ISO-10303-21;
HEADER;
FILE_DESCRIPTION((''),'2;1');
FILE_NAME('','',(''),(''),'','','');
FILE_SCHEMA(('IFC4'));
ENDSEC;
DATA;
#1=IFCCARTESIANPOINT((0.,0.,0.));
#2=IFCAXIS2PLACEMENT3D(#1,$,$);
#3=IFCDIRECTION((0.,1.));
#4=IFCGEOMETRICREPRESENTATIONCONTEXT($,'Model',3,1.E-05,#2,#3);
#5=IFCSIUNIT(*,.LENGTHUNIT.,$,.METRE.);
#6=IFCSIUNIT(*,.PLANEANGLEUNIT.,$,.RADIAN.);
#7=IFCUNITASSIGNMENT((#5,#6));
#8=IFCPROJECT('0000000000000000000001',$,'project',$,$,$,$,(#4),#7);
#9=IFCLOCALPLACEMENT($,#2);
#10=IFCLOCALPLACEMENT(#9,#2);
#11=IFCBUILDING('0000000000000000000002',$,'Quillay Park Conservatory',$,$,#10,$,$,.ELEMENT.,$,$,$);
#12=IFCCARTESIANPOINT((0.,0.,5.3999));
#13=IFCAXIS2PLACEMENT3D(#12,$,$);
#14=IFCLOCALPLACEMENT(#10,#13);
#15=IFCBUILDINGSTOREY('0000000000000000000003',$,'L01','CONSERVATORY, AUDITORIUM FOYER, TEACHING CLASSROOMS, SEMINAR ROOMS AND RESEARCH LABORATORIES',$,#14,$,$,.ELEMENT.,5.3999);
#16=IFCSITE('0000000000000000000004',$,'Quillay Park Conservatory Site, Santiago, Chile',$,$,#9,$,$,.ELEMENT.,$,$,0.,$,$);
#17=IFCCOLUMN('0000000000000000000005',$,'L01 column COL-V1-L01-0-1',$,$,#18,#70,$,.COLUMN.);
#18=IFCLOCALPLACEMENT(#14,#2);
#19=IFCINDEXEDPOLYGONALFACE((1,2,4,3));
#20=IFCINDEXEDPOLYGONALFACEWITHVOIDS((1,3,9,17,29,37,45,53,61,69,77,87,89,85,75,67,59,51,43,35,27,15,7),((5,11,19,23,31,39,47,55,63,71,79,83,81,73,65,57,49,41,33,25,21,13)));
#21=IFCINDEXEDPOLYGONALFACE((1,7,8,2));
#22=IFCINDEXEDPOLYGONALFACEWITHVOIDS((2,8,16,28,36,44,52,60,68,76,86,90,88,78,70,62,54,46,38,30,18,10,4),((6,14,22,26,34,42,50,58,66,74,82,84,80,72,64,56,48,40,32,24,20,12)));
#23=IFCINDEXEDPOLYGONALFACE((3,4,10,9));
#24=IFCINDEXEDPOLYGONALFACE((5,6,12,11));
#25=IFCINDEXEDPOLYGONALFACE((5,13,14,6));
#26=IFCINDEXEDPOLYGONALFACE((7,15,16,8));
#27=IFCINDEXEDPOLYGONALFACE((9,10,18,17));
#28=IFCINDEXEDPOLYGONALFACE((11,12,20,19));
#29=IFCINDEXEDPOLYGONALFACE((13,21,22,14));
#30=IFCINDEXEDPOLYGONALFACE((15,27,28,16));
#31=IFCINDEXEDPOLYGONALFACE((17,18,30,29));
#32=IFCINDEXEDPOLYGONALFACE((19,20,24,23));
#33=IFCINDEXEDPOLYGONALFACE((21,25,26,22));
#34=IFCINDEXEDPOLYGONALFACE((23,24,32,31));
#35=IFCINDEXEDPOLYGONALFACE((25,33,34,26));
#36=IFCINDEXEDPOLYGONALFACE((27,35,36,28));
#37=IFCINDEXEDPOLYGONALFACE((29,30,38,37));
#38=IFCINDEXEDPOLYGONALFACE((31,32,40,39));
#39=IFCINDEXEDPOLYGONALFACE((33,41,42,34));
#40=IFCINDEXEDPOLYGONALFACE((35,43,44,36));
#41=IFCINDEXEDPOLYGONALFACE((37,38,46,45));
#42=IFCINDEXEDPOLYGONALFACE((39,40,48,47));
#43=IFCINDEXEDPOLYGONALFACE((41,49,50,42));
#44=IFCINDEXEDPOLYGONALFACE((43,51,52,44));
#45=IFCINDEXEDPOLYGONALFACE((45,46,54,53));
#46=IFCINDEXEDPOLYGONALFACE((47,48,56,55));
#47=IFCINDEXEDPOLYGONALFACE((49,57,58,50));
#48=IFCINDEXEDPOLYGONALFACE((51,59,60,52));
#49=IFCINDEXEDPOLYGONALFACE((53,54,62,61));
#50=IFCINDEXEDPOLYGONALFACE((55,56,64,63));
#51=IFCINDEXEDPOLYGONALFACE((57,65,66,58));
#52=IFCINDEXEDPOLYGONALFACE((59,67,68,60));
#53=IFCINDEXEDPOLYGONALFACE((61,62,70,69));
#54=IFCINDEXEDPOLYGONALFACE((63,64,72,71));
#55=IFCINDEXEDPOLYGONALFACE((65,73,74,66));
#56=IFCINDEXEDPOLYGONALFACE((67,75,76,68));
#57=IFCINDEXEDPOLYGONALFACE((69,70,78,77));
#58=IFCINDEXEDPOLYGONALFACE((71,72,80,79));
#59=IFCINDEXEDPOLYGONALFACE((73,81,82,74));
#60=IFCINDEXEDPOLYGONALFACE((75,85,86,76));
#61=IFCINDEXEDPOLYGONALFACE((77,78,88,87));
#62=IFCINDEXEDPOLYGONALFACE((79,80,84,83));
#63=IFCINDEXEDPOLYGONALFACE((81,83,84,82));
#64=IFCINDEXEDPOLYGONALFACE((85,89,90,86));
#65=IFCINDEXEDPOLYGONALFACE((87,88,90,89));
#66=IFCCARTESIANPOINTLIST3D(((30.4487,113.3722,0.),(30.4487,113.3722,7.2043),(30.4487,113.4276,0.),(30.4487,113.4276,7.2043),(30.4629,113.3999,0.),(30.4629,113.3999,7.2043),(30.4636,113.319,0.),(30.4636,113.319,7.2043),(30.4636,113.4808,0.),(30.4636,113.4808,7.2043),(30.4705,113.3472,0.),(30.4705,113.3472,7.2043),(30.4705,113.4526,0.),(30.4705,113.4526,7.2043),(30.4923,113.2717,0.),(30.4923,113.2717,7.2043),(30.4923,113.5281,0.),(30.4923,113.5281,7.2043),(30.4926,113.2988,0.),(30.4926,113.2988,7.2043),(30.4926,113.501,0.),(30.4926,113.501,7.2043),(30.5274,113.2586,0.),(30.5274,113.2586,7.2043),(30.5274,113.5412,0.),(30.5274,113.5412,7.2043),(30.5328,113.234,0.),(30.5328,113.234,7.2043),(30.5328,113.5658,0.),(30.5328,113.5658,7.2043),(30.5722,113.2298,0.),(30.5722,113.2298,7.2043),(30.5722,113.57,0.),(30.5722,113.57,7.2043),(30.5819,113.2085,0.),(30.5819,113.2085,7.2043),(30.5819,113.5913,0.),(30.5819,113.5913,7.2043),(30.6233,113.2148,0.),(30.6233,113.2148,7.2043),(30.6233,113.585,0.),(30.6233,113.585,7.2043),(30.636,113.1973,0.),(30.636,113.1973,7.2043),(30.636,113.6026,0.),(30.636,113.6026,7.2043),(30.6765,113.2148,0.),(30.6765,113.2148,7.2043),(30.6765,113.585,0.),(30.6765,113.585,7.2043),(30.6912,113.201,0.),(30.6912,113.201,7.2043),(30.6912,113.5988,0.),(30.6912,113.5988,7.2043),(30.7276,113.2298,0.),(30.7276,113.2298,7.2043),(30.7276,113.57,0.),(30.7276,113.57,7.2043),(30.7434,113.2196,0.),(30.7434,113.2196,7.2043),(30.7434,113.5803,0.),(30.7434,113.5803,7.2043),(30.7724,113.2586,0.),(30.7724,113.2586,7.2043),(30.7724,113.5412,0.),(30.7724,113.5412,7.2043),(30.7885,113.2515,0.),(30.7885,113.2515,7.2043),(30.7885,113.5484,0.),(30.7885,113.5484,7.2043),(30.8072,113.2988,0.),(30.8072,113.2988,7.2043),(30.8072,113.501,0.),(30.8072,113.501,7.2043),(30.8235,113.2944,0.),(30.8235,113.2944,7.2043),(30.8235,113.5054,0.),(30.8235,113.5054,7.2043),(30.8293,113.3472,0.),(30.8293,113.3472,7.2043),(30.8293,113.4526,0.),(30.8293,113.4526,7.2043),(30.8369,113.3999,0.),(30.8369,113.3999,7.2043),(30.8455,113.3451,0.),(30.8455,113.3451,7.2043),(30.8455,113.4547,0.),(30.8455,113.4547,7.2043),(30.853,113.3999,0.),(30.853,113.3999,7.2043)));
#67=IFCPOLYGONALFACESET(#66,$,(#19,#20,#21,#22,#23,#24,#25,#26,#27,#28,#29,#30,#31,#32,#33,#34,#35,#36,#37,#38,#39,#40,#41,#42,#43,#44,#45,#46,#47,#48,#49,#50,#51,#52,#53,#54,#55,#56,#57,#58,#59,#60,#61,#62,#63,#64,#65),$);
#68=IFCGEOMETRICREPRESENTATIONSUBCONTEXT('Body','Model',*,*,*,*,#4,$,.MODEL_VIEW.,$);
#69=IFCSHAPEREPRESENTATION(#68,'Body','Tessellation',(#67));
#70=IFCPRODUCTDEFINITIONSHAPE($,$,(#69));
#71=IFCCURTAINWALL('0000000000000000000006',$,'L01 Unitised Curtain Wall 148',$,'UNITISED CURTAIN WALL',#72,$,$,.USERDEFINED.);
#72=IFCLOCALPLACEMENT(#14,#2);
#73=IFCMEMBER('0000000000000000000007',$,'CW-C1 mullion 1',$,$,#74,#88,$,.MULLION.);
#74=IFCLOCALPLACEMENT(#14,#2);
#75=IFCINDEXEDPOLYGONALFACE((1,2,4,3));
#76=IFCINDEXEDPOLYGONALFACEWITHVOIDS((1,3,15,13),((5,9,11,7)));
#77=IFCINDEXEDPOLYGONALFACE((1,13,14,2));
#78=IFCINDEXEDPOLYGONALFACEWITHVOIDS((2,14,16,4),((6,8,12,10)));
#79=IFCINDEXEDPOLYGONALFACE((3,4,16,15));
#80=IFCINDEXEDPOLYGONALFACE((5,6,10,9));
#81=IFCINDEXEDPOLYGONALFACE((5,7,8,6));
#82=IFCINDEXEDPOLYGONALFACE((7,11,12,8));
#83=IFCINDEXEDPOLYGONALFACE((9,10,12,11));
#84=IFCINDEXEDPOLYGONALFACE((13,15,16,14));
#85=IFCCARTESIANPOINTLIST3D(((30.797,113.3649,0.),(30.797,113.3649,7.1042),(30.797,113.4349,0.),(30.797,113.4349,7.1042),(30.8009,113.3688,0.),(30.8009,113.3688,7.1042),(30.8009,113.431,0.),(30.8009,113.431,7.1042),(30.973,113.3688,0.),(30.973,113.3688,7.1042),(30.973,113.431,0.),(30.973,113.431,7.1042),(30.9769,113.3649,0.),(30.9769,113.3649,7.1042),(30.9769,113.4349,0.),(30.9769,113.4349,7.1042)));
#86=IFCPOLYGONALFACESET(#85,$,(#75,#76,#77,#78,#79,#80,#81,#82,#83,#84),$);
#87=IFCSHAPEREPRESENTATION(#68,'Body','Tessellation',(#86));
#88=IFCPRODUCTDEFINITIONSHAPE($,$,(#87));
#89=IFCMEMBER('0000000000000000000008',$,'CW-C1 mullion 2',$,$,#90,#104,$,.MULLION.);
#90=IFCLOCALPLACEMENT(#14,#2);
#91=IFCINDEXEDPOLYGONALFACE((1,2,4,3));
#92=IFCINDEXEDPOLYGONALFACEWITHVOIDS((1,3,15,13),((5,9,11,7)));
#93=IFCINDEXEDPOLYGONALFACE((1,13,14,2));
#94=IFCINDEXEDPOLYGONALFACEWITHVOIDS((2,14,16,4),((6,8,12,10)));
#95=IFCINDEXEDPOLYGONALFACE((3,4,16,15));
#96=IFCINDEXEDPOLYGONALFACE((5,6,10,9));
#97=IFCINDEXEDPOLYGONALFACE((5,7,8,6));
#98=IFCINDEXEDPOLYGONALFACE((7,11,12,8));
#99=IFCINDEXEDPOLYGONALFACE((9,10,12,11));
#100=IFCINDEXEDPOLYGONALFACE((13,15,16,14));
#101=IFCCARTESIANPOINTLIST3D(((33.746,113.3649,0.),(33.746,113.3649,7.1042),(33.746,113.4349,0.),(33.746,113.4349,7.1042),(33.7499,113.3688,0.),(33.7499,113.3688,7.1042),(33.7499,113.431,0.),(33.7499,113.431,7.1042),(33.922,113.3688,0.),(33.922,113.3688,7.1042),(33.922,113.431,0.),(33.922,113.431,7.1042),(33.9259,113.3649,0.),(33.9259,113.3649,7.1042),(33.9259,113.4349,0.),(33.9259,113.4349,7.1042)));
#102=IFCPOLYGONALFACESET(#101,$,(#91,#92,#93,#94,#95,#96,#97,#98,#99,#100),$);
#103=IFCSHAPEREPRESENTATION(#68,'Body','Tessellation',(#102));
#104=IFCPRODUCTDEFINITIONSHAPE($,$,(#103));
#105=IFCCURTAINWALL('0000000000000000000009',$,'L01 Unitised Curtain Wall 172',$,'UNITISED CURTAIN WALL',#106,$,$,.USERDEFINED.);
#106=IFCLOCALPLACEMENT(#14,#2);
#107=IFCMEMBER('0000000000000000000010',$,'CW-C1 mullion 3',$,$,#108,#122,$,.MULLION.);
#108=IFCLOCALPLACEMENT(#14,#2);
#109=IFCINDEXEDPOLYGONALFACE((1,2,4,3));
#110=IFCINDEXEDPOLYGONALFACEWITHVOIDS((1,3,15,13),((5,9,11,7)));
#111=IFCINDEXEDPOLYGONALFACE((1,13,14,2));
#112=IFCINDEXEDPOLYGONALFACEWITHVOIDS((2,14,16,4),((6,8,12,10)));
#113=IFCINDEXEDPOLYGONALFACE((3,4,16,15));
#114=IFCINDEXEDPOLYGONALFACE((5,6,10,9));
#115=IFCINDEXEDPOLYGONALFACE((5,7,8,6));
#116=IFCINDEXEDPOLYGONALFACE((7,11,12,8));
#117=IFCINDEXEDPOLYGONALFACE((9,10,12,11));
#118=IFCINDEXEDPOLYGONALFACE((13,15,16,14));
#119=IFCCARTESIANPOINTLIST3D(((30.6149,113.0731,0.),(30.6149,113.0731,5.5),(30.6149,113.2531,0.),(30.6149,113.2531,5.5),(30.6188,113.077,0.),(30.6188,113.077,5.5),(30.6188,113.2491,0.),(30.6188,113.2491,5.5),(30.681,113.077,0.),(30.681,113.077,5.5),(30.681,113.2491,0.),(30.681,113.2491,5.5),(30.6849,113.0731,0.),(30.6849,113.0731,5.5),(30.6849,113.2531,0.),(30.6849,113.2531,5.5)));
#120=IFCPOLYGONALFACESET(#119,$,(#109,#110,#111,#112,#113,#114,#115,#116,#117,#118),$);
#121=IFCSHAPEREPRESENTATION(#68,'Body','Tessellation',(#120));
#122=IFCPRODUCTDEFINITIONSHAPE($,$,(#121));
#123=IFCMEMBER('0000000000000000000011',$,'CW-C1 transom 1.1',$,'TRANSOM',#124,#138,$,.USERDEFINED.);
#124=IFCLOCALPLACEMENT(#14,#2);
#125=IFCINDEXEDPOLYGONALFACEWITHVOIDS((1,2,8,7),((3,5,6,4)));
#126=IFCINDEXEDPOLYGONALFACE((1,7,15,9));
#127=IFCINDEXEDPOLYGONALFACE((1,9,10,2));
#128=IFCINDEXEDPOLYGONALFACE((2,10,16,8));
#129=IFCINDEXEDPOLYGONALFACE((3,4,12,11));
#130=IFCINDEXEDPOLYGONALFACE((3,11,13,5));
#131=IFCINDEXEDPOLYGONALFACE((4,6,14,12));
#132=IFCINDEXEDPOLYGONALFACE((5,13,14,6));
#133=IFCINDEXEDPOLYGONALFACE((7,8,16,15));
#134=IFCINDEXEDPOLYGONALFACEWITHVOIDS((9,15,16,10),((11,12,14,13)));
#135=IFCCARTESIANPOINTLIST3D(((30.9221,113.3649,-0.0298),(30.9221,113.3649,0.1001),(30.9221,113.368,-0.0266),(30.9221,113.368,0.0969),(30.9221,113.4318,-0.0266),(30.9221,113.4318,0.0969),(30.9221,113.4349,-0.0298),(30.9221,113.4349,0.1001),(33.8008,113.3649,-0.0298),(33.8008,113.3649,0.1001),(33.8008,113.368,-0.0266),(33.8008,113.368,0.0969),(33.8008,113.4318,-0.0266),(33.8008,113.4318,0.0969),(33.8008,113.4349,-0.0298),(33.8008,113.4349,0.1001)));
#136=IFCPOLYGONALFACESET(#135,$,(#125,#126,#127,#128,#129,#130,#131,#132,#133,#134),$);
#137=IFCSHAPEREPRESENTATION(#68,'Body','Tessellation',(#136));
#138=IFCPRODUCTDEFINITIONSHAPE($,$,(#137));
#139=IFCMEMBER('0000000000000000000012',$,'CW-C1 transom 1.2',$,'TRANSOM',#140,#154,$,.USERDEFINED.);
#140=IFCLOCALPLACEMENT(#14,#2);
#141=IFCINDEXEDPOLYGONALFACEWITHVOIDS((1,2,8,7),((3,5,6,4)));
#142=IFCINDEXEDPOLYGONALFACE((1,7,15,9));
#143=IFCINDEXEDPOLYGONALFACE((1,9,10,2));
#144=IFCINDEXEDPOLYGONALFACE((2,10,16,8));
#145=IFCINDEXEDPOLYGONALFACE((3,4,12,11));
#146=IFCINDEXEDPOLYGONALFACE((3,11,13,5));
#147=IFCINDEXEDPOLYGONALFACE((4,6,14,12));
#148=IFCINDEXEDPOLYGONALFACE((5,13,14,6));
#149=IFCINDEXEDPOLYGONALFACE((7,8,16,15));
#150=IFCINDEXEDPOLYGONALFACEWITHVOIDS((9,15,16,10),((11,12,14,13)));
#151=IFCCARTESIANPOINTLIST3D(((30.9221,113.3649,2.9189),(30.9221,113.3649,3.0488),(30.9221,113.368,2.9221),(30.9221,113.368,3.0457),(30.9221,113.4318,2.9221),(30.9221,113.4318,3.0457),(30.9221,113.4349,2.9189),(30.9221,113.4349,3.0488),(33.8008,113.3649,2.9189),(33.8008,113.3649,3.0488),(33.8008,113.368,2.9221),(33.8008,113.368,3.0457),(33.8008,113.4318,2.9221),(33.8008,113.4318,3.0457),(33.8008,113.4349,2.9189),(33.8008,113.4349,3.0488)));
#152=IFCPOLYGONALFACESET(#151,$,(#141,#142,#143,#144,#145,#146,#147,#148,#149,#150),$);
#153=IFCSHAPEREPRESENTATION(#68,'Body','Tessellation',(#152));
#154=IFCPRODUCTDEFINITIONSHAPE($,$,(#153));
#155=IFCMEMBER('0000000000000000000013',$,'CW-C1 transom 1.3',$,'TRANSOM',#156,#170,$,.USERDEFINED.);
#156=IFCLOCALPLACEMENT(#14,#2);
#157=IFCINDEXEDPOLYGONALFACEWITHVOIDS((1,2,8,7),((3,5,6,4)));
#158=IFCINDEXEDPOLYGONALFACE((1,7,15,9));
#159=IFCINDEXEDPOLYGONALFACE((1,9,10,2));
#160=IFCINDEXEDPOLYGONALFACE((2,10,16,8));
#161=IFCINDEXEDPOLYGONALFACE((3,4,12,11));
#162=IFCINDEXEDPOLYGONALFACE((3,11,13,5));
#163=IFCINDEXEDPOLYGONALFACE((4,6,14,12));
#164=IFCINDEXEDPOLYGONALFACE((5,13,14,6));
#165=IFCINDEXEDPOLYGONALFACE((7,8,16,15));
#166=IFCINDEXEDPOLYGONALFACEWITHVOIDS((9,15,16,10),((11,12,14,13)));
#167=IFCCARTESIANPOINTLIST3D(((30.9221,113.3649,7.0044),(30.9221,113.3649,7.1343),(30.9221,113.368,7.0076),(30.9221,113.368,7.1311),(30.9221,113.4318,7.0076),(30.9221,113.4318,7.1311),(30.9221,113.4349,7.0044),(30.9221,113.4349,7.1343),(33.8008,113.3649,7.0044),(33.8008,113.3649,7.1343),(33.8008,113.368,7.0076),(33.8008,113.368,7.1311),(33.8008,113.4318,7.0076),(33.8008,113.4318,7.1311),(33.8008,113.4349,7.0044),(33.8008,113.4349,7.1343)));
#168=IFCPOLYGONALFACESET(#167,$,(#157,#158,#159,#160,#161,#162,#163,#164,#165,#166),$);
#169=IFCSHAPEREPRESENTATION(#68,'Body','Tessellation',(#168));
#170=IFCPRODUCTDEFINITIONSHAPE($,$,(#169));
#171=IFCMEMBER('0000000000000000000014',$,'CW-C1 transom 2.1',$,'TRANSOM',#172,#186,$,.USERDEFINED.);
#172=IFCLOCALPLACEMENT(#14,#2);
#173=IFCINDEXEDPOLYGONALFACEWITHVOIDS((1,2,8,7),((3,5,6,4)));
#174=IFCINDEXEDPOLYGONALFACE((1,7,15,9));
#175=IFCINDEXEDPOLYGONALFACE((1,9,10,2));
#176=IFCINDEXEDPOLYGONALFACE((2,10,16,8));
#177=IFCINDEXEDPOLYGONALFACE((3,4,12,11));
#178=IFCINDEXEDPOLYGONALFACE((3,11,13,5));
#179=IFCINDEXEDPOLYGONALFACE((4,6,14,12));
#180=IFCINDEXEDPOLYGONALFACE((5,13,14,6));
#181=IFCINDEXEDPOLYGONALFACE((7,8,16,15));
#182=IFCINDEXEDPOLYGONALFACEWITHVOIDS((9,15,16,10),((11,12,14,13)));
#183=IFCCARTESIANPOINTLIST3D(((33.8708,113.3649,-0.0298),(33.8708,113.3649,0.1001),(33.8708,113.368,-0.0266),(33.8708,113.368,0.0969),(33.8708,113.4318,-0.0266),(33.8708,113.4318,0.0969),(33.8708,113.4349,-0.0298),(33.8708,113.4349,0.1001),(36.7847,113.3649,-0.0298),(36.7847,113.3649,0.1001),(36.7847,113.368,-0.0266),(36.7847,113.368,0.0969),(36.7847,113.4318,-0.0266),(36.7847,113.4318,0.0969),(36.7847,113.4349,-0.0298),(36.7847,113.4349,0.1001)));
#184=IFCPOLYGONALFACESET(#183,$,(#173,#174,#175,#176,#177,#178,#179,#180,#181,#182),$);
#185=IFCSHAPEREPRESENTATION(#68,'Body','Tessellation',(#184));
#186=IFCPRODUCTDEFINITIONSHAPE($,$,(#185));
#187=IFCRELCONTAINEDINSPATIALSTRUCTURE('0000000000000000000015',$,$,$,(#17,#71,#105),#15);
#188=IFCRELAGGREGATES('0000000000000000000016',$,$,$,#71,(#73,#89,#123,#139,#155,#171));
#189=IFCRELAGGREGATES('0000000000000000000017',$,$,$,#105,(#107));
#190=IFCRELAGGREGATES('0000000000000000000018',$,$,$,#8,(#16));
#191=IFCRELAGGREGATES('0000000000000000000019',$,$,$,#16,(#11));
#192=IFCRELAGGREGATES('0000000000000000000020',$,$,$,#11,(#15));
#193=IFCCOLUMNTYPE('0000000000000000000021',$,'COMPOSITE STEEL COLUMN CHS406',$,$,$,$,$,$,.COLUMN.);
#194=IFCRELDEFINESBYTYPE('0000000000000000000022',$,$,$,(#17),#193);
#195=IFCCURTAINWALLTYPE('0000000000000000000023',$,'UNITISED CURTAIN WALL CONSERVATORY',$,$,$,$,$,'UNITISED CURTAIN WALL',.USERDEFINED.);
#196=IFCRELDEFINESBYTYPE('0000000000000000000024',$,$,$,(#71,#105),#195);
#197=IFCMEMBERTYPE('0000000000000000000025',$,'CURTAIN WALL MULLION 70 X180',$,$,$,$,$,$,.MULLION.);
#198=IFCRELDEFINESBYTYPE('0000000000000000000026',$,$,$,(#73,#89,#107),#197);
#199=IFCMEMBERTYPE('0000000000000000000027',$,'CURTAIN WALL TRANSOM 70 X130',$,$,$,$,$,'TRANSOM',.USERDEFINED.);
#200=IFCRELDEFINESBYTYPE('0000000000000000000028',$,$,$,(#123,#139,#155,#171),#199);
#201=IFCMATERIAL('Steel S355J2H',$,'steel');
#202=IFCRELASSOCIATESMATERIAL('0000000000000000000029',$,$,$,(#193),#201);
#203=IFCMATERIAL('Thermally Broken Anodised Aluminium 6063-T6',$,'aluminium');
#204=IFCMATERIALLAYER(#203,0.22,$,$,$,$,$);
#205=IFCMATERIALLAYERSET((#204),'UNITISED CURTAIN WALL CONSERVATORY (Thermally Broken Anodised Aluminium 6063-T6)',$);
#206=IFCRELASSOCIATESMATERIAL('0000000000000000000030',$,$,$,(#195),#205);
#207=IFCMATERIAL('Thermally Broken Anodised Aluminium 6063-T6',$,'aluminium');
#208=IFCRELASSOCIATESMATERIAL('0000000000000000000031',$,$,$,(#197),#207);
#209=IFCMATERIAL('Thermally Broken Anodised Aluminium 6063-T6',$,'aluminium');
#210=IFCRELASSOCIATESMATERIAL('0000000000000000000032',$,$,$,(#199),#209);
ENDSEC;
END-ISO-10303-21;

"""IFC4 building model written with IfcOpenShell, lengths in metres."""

from ifc_helpers import new_model, si_unit, direction, frame, origin, origin_2d, place, context, subcontext, project, spatial, hollow_rectangle, hollow_circle, extrude, material, layer, layer_set, material_profile, profile_set, type_object, element, aggregate, save


model = new_model("IFC4")

# Units and contexts
model_context = context("Model", 3, precision=1e-05, world=origin(), true_north=direction((0.0, 1.0)))
body_context = subcontext(model_context, "Body", "Model", "MODEL_VIEW")
ifc_project = project(units=[si_unit("LENGTHUNIT", "METRE"), si_unit("PLANEANGLEUNIT", "RADIAN")], contexts=[model_context])

# Site, building, storey
site_placement = place(None, origin())
site = spatial("IfcSite", under=ifc_project, at=site_placement, Name="Quillay Park Conservatory Site, Santiago, Chile", CompositionType="ELEMENT", RefElevation=0.0)
building_placement = place(site_placement, origin())
building = spatial("IfcBuilding", under=site, at=building_placement, Name="Quillay Park Conservatory", CompositionType="ELEMENT")
storey_placement = place(building_placement, frame((0.0, 0.0, 5.3999)))
storey = spatial("IfcBuildingStorey", under=building, at=storey_placement, Name="L01", Description="CONSERVATORY, AUDITORIUM FOYER, TEACHING CLASSROOMS, SEMINAR ROOMS AND RESEARCH LABORATORIES", CompositionType="ELEMENT", Elevation=5.3999)

# Column
ifc_material_1 = material(Name="Steel S355J2H", Category="steel")
ifc_material_profile_1 = material_profile(ifc_material_1, hollow_circle(Radius=0.2031, WallThickness=0.0161, at=origin_2d()), Name="CHS406.4x16")
ifc_profile_set_1 = profile_set([ifc_material_profile_1], Name="Steel S355J2H")
column_type = type_object("IfcColumnType", Name="COMPOSITE STEEL COLUMN CHS406", PredefinedType="COLUMN", material=ifc_profile_set_1)
column_placement = place(storey_placement, frame((30.6499, 113.3999, 0.0), z_axis=(0.0, 0.0, 1.0), x_axis=(1.0, 0.0, 0.0)))
element("IfcColumn", 1, at=column_placement, inside=storey, type_object=column_type, Name="L01 column COL-V1-L01-0-1", PredefinedType="COLUMN", context=body_context, shape_type="SweptSolid", body=[
    extrude(hollow_circle(Radius=0.2031, WallThickness=0.0161, at=origin_2d()), origin(), (0.0, 0.0, 1.0), 7.2043),
])

# Curtain wall, members
ifc_material_2 = material(Name="Thermally Broken Anodised Aluminium 6063-T6", Category="aluminium")
ifc_layer_1 = layer(ifc_material_2, 0.22)
ifc_layer_set_1 = layer_set([ifc_layer_1], Name="UNITISED CURTAIN WALL CONSERVATORY (Thermally Broken Anodised Aluminium 6063-T6)")
curtain_wall_type = type_object("IfcCurtainWallType", Name="UNITISED CURTAIN WALL CONSERVATORY", ElementType="UNITISED CURTAIN WALL", PredefinedType="USERDEFINED", material=ifc_layer_set_1)
curtain_wall_1_placement = place(storey_placement, origin())
curtain_wall_1 = element("IfcCurtainWall", 2, at=curtain_wall_1_placement, inside=storey, type_object=curtain_wall_type, Name="L01 Unitised Curtain Wall 148", ObjectType="UNITISED CURTAIN WALL", PredefinedType="USERDEFINED")
ifc_material_3 = material(Name="Thermally Broken Anodised Aluminium 6063-T6", Category="aluminium")
ifc_material_profile_2 = material_profile(ifc_material_3, hollow_rectangle(XDim=0.0701, YDim=0.1799, WallThickness=0.0039, at=origin_2d()), Name="AL70x180x4")
ifc_profile_set_2 = profile_set([ifc_material_profile_2], Name="Thermally Broken Anodised Aluminium 6063-T6")
member_type_1 = type_object("IfcMemberType", Name="CURTAIN WALL MULLION 70 X180", PredefinedType="MULLION", material=ifc_profile_set_2)
member_1_placement = place(storey_placement, frame((30.887, 113.3999, 0.0), z_axis=(0.0, 0.0, 1.0), x_axis=(0.0, 1.0, 0.0)))
member_1 = element("IfcMember", 3, at=member_1_placement, type_object=member_type_1, Name="CW-C1 mullion 1", PredefinedType="MULLION", context=body_context, shape_type="SweptSolid", body=[
    extrude(hollow_rectangle(XDim=0.0701, YDim=0.1799, WallThickness=0.0039, at=origin_2d()), origin(), (0.0, 0.0, 1.0), 7.1042),
])
member_2_placement = place(storey_placement, frame((33.8359, 113.3999, 0.0), z_axis=(0.0, 0.0, 1.0), x_axis=(0.0, 1.0, 0.0)))
member_2 = element("IfcMember", 4, at=member_2_placement, type_object=member_type_1, Name="CW-C1 mullion 2", PredefinedType="MULLION", context=body_context, shape_type="SweptSolid", body=[
    extrude(hollow_rectangle(XDim=0.0701, YDim=0.1799, WallThickness=0.0039, at=origin_2d()), origin(), (0.0, 0.0, 1.0), 7.1042),
])

# Curtain wall, member
curtain_wall_2_placement = place(storey_placement, origin())
curtain_wall_2 = element("IfcCurtainWall", 5, at=curtain_wall_2_placement, inside=storey, type_object=curtain_wall_type, Name="L01 Unitised Curtain Wall 172", ObjectType="UNITISED CURTAIN WALL", PredefinedType="USERDEFINED")
member_3_placement = place(storey_placement, frame((30.6499, 113.1631, 0.0), z_axis=(0.0, 0.0, 1.0), x_axis=(-1.0, 0.0, 0.0)))
member_3 = element("IfcMember", 6, at=member_3_placement, type_object=member_type_1, Name="CW-C1 mullion 3", PredefinedType="MULLION", context=body_context, shape_type="SweptSolid", body=[
    extrude(hollow_rectangle(XDim=0.0701, YDim=0.1799, WallThickness=0.0039, at=origin_2d()), origin(), (0.0, 0.0, 1.0), 5.5),
])

# Members
ifc_material_4 = material(Name="Thermally Broken Anodised Aluminium 6063-T6", Category="aluminium")
ifc_material_profile_3 = material_profile(ifc_material_4, hollow_rectangle(XDim=0.0701, YDim=0.1299, WallThickness=0.0032, at=origin_2d()), Name="AL70x130x3.2")
ifc_profile_set_3 = profile_set([ifc_material_profile_3], Name="Thermally Broken Anodised Aluminium 6063-T6")
member_type_2 = type_object("IfcMemberType", Name="CURTAIN WALL TRANSOM 70 X130", ElementType="TRANSOM", PredefinedType="USERDEFINED", material=ifc_profile_set_3)
member_4_placement = place(storey_placement, frame((30.9221, 113.3999, 0.0352), z_axis=(1.0, 0.0, 0.0), x_axis=(0.0, 1.0, 0.0)))
member_4 = element("IfcMember", 7, at=member_4_placement, type_object=member_type_2, Name="CW-C1 transom 1.1", ObjectType="TRANSOM", PredefinedType="USERDEFINED", context=body_context, shape_type="SweptSolid", body=[
    extrude(hollow_rectangle(XDim=0.0701, YDim=0.1299, WallThickness=0.0032, at=origin_2d()), origin(), (0.0, 0.0, 1.0), 2.8787),
])
member_5_placement = place(storey_placement, frame((30.9221, 113.3999, 2.9839), z_axis=(1.0, 0.0, 0.0), x_axis=(0.0, 1.0, 0.0)))
member_5 = element("IfcMember", 8, at=member_5_placement, type_object=member_type_2, Name="CW-C1 transom 1.2", ObjectType="TRANSOM", PredefinedType="USERDEFINED", context=body_context, shape_type="SweptSolid", body=[
    extrude(hollow_rectangle(XDim=0.0701, YDim=0.1299, WallThickness=0.0032, at=origin_2d()), origin(), (0.0, 0.0, 1.0), 2.8787),
])
member_6_placement = place(storey_placement, frame((30.9221, 113.3999, 7.0693), z_axis=(1.0, 0.0, 0.0), x_axis=(0.0, 1.0, 0.0)))
member_6 = element("IfcMember", 9, at=member_6_placement, type_object=member_type_2, Name="CW-C1 transom 1.3", ObjectType="TRANSOM", PredefinedType="USERDEFINED", context=body_context, shape_type="SweptSolid", body=[
    extrude(hollow_rectangle(XDim=0.0701, YDim=0.1299, WallThickness=0.0032, at=origin_2d()), origin(), (0.0, 0.0, 1.0), 2.8787),
])
member_7_placement = place(storey_placement, frame((33.8708, 113.3999, 0.0352), z_axis=(1.0, 0.0, 0.0), x_axis=(0.0, 1.0, 0.0)))
member_7 = element("IfcMember", 10, at=member_7_placement, type_object=member_type_2, Name="CW-C1 transom 2.1", ObjectType="TRANSOM", PredefinedType="USERDEFINED", context=body_context, shape_type="SweptSolid", body=[
    extrude(hollow_rectangle(XDim=0.0701, YDim=0.1299, WallThickness=0.0032, at=origin_2d()), origin(), (0.0, 0.0, 1.0), 2.9138),
])

aggregate(curtain_wall_1, [member_1, member_2, member_4, member_5, member_6, member_7])
aggregate(curtain_wall_2, [member_3])

save(model, "model.ifc")
